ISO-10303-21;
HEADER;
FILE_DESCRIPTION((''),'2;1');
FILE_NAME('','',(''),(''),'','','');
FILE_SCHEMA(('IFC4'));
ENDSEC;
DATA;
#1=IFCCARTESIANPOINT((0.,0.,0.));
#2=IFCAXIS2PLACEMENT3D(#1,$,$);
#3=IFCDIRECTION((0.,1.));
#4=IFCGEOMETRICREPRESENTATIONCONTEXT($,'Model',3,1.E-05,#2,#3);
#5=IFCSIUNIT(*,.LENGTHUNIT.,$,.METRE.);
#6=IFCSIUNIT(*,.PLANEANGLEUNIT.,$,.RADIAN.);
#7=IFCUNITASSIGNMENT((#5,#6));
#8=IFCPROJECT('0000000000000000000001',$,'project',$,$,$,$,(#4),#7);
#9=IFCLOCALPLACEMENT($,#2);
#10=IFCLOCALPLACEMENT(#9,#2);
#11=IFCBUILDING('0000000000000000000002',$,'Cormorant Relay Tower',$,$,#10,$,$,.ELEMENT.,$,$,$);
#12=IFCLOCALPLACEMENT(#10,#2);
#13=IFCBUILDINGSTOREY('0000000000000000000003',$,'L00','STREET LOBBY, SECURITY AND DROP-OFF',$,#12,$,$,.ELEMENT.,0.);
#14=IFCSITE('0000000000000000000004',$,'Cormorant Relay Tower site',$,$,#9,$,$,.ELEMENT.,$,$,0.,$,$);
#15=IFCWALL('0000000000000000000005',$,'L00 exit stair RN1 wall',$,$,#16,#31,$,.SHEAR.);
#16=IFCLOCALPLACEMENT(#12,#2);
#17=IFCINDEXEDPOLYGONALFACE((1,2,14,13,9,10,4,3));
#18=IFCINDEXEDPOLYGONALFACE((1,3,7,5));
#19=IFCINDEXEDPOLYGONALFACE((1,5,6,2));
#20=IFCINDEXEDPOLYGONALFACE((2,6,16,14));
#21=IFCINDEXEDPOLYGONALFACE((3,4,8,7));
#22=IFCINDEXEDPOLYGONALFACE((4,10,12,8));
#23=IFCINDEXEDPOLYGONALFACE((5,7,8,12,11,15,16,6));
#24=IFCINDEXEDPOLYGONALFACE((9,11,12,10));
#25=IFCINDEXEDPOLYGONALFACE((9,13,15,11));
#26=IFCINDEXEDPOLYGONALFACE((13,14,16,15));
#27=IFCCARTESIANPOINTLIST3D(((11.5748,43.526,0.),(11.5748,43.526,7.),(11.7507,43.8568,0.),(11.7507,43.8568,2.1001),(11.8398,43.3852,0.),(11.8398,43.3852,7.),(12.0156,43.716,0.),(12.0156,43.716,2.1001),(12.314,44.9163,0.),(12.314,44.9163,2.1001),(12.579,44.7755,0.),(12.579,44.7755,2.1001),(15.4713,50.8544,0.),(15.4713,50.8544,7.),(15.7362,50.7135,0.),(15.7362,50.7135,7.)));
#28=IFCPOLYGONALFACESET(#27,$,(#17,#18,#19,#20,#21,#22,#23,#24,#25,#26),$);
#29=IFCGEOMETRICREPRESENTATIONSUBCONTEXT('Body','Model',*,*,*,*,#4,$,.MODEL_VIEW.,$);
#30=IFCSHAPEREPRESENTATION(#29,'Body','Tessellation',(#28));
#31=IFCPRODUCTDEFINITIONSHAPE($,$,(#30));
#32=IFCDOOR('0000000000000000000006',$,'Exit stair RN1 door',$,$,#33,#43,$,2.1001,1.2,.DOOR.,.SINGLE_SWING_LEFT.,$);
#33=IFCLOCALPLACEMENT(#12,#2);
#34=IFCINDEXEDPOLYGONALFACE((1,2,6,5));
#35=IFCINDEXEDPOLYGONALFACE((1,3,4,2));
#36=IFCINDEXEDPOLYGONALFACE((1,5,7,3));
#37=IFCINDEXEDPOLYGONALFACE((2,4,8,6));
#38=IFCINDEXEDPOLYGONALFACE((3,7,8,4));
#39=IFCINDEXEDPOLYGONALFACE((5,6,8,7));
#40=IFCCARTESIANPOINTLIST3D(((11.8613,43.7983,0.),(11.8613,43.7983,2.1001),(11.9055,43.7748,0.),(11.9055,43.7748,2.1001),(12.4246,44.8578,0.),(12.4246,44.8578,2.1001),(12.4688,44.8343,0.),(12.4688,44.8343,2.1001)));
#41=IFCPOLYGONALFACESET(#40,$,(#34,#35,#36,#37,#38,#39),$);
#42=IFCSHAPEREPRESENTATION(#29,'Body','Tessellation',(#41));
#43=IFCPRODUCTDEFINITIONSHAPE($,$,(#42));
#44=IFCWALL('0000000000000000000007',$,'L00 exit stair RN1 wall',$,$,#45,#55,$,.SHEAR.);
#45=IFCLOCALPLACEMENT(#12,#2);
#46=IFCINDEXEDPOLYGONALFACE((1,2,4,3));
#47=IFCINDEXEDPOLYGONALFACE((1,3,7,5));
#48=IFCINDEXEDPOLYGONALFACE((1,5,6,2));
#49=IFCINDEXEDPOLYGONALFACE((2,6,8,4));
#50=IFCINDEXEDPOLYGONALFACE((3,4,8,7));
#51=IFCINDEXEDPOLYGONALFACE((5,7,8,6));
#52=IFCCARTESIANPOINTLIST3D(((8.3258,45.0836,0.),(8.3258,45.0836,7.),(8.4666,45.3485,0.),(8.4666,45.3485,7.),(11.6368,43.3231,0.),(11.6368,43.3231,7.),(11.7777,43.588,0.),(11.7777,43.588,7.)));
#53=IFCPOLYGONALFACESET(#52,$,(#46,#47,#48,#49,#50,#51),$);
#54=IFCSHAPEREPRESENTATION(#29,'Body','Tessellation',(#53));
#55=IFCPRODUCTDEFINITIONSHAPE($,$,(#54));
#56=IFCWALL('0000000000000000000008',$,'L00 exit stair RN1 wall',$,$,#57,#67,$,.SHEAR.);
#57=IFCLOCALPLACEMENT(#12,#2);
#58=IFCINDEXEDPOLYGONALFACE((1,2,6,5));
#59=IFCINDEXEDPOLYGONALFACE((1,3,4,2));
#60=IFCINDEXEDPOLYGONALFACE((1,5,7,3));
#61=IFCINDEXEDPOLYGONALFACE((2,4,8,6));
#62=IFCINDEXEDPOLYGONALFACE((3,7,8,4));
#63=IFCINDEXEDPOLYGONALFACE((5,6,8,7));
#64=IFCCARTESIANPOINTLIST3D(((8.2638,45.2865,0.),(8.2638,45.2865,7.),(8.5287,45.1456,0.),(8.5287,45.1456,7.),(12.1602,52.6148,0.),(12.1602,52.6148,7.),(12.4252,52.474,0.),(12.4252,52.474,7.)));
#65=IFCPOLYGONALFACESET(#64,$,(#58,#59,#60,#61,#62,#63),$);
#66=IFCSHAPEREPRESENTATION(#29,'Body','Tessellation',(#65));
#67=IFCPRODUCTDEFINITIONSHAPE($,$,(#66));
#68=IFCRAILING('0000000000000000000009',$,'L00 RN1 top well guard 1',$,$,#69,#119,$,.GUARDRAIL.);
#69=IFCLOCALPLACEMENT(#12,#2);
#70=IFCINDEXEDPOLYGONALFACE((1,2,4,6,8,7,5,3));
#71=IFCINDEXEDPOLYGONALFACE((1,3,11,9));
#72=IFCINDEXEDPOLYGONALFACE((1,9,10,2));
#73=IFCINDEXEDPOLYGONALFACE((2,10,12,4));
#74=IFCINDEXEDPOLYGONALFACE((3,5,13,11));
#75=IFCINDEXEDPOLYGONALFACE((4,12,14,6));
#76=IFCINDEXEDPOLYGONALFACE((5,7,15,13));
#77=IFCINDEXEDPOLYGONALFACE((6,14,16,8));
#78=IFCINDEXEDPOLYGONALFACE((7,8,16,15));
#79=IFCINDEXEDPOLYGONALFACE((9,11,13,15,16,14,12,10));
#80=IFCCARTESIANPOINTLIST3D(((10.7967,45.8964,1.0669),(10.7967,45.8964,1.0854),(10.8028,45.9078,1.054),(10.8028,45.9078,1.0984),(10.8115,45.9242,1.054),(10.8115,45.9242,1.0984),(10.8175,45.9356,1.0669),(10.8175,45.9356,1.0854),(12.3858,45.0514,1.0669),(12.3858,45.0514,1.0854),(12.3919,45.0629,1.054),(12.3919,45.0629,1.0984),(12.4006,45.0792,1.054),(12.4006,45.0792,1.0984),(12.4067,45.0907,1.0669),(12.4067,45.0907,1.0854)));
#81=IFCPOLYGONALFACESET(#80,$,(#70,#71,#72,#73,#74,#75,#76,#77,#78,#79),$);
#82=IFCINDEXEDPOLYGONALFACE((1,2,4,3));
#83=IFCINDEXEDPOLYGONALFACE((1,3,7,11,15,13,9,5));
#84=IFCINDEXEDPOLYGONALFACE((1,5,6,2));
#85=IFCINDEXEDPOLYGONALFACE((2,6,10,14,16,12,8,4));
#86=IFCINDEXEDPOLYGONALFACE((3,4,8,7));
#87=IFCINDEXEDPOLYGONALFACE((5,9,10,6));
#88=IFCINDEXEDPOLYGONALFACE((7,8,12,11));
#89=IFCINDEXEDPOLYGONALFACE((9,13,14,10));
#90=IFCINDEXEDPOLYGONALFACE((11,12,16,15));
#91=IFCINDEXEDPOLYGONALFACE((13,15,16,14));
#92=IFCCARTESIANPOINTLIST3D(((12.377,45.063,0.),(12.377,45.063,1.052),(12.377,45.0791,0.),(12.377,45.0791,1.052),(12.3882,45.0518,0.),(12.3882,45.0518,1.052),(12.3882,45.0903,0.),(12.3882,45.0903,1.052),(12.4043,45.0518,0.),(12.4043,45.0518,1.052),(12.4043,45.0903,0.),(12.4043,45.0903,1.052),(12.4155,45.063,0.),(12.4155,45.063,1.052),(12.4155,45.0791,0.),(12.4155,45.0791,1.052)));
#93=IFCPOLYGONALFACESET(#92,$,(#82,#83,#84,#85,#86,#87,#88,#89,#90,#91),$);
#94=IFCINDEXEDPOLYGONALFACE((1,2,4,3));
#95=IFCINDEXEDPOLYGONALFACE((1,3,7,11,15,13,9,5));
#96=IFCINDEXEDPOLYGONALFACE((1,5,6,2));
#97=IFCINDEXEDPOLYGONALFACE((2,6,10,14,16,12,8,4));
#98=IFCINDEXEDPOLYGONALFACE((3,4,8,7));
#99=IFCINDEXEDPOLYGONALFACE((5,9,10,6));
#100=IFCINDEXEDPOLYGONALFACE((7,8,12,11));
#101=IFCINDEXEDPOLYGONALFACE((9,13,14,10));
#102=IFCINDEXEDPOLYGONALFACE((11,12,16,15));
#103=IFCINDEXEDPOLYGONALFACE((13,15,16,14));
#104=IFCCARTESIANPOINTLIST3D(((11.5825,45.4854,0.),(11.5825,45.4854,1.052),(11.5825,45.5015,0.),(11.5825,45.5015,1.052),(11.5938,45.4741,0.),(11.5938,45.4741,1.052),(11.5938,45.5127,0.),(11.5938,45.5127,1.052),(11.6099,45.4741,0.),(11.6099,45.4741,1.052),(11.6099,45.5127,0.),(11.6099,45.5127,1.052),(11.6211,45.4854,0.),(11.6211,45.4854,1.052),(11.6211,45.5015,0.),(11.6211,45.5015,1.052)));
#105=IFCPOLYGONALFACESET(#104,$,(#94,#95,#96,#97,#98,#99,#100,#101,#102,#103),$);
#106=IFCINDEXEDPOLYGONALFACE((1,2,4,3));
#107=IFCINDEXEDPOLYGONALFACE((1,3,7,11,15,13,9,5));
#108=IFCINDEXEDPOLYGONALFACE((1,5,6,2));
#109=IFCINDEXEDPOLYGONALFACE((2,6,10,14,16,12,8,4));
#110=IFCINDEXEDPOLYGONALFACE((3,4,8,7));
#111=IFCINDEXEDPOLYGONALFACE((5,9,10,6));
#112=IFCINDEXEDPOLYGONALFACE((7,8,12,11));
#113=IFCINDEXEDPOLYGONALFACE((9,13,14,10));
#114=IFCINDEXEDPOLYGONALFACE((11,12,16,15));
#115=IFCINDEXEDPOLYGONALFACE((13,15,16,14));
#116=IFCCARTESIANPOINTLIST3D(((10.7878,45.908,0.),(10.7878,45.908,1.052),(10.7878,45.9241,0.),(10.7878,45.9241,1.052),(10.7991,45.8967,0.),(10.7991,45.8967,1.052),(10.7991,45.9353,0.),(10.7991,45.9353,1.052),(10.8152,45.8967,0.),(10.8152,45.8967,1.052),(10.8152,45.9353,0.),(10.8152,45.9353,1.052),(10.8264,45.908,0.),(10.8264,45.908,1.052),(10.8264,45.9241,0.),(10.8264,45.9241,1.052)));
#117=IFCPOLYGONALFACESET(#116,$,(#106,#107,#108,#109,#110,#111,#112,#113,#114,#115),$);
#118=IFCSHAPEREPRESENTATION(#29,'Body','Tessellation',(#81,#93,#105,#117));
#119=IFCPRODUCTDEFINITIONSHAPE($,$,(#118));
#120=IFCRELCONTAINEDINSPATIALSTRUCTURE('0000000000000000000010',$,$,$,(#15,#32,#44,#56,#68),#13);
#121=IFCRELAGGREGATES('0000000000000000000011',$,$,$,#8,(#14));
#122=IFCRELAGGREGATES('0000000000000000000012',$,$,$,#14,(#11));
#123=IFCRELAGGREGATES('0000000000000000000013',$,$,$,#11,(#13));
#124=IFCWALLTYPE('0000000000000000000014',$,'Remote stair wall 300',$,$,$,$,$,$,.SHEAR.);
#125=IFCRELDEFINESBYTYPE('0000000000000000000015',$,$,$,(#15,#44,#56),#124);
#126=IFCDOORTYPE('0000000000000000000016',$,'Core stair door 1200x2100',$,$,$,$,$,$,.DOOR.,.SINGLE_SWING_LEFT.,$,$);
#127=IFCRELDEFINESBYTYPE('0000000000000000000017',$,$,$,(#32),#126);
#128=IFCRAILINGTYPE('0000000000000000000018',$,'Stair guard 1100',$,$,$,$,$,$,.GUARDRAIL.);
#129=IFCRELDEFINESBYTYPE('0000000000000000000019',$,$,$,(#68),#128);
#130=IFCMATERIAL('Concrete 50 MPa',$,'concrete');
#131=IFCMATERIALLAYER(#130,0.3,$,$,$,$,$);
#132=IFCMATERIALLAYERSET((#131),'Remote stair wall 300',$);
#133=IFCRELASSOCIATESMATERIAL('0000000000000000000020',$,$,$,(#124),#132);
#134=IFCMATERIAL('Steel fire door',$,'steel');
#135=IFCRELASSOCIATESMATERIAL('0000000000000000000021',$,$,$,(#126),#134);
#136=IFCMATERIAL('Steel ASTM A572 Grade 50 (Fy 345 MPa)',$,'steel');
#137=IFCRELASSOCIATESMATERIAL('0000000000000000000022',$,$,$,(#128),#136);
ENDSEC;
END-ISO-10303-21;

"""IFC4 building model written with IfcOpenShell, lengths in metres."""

from ifc_helpers import new_model, si_unit, direction, frame, frame_2d, origin, place, context, subcontext, project, spatial, polyline, rectangle, outline, extrude, material, layer, layer_set, type_object, element, fill, save


model = new_model("IFC4")

# Units and contexts
model_context = context("Model", 3, precision=1e-05, world=origin(), true_north=direction((0.0, 1.0)))
body_context = subcontext(model_context, "Body", "Model", "MODEL_VIEW")
ifc_project = project(units=[si_unit("LENGTHUNIT", "METRE"), si_unit("PLANEANGLEUNIT", "RADIAN")], contexts=[model_context])

# Site, building, storey
site_placement = place(None, origin())
site = spatial("IfcSite", under=ifc_project, at=site_placement, Name="Cormorant Relay Tower site", CompositionType="ELEMENT", RefElevation=0.0)
building_placement = place(site_placement, origin())
building = spatial("IfcBuilding", under=site, at=building_placement, Name="Cormorant Relay Tower", CompositionType="ELEMENT")
storey_placement = place(building_placement, origin())
storey = spatial("IfcBuildingStorey", under=building, at=storey_placement, Name="L00", Description="STREET LOBBY, SECURITY AND DROP-OFF", CompositionType="ELEMENT", Elevation=0.0)

# Shared definitions
ifc_material_1 = material(Name="Concrete 50 MPa", Category="concrete")
ifc_layer_1 = layer(ifc_material_1, 0.3)
ifc_layer_set_1 = layer_set([ifc_layer_1], Name="Remote stair wall 300")
wall_type_1 = type_object("IfcWallType", Name="Remote stair wall 300", PredefinedType="SHEAR", material=ifc_layer_set_1)

# Wall, opening, door
wall_1_placement = place(storey_placement, frame((15.6038, 50.7839, 0.0), z_axis=(0.0, 0.0, 1.0), x_axis=(-0.469464, -0.882952, 0.0)))
wall_1 = element("IfcWall", 1, at=wall_1_placement, inside=storey, type_object=wall_type_1, Name="L00 exit stair RN1 wall", PredefinedType="SHEAR", context=body_context, shape_type="SweptSolid", body=[
    extrude(rectangle(XDim=8.2998, YDim=0.3, at=frame_2d((4.1499, 0.0))), origin(), (0.0, 0.0, 1.0), 7.0),
])
opening_placement = place(wall_1_placement, frame((6.7251, 0.0, 0.0)))
opening = element("IfcOpeningElement", 2, at=opening_placement, cuts=wall_1, PredefinedType="OPENING", context=body_context, shape_type="SweptSolid", body=[
    extrude(rectangle(XDim=1.2, YDim=2.1001, at=frame_2d((0.6001, 1.05))), frame((0.0, 0.1599, 0.0), z_axis=(0.0, -1.0, 0.0), x_axis=(1.0, 0.0, 0.0)), (0.0, 0.0, 1.0), 0.3201),
])
ifc_material_2 = material(Name="Steel fire door", Category="steel")
door_type = type_object("IfcDoorType", Name="Core stair door 1200x2100", OperationType="SINGLE_SWING_LEFT", PredefinedType="DOOR", material=ifc_material_2)
door_placement = place(opening_placement, frame((1.2, 0.0, 0.0), z_axis=(0.0, 0.0, 1.0), x_axis=(-1.0, 0.0, 0.0)))
door = element("IfcDoor", 3, at=door_placement, inside=storey, type_object=door_type, Name="Exit stair RN1 door", OperationType="SINGLE_SWING_LEFT", OverallHeight=2.1001, OverallWidth=1.2, PredefinedType="DOOR", context=body_context, shape_type="SweptSolid", body=[
    extrude(rectangle(XDim=1.2, YDim=2.1001, at=frame_2d((0.6001, 1.05))), frame((0.0, 0.0249, 0.0), z_axis=(0.0, -1.0, 0.0), x_axis=(1.0, 0.0, 0.0)), (0.0, 0.0, 1.0), 0.05),
])
fill(opening, door)

# Walls
wall_2_placement = place(storey_placement, frame((11.7073, 43.4556, 0.0), z_axis=(0.0, 0.0, 1.0), x_axis=(-0.882949, 0.469469, 0.0)))
element("IfcWall", 4, at=wall_2_placement, inside=storey, type_object=wall_type_1, Name="L00 exit stair RN1 wall", PredefinedType="SHEAR", context=body_context, shape_type="SweptSolid", body=[
    extrude(rectangle(XDim=3.75, YDim=0.3, at=frame_2d((1.875, 0.0))), origin(), (0.0, 0.0, 1.0), 7.0),
])
wall_3_placement = place(storey_placement, frame((8.3962, 45.2161, 0.0), z_axis=(0.0, 0.0, 1.0), x_axis=(0.469464, 0.882952, 0.0)))
element("IfcWall", 5, at=wall_3_placement, inside=storey, type_object=wall_type_1, Name="L00 exit stair RN1 wall", PredefinedType="SHEAR", context=body_context, shape_type="SweptSolid", body=[
    extrude(rectangle(XDim=8.2998, YDim=0.3, at=frame_2d((4.1499, 0.0))), origin(), (0.0, 0.0, 1.0), 7.0),
])

# Railing
ifc_material_3 = material(Name="Steel ASTM A572 Grade 50 (Fy 345 MPa)", Category="steel")
railing_type = type_object("IfcRailingType", Name="Stair guard 1100", PredefinedType="GUARDRAIL", material=ifc_material_3)
railing_placement = place(storey_placement, frame((12.3962, 45.071, 0.0)))
element("IfcRailing", 6, at=railing_placement, inside=storey, type_object=railing_type, Name="L00 RN1 top well guard 1", PredefinedType="GUARDRAIL", context=body_context, shape_type="SweptSolid", body=[
    extrude(outline(polyline([(0.0222, 0.0093), (0.0093, 0.0222), (-0.0093, 0.0222), (-0.0222, 0.0093), (-0.0222, -0.0093), (-0.0093, -0.0222), (0.0093, -0.0222), (0.0222, -0.0093), (0.0222, 0.0093)])), frame((0.0, 0.0, 1.0762), z_axis=(-0.882942, 0.469482, 0.0), x_axis=(-0.469482, -0.882942, 0.0)), (0.0, 0.0, 1.0), 1.7998),
    extrude(outline(polyline([(0.0193, 0.0081), (0.0081, 0.0193), (-0.0081, 0.0193), (-0.0193, 0.0081), (-0.0193, -0.0081), (-0.0081, -0.0193), (0.0081, -0.0193), (0.0193, -0.0081), (0.0193, 0.0081)])), origin(), (0.0, 0.0, 1.0), 1.052),
    extrude(outline(polyline([(0.0193, 0.0081), (0.0081, 0.0193), (-0.0081, 0.0193), (-0.0193, 0.0081), (-0.0193, -0.0081), (-0.0081, -0.0193), (0.0081, -0.0193), (0.0193, -0.0081), (0.0193, 0.0081)])), frame((-0.7944, 0.4224, 0.0)), (0.0, 0.0, 1.0), 1.052),
    extrude(outline(polyline([(0.0193, 0.0081), (0.0081, 0.0193), (-0.0081, 0.0193), (-0.0193, 0.0081), (-0.0193, -0.0081), (-0.0081, -0.0193), (0.0081, -0.0193), (0.0193, -0.0081), (0.0193, 0.0081)])), frame((-1.5891, 0.845, 0.0)), (0.0, 0.0, 1.0), 1.052),
])

save(model, "model.ifc")
